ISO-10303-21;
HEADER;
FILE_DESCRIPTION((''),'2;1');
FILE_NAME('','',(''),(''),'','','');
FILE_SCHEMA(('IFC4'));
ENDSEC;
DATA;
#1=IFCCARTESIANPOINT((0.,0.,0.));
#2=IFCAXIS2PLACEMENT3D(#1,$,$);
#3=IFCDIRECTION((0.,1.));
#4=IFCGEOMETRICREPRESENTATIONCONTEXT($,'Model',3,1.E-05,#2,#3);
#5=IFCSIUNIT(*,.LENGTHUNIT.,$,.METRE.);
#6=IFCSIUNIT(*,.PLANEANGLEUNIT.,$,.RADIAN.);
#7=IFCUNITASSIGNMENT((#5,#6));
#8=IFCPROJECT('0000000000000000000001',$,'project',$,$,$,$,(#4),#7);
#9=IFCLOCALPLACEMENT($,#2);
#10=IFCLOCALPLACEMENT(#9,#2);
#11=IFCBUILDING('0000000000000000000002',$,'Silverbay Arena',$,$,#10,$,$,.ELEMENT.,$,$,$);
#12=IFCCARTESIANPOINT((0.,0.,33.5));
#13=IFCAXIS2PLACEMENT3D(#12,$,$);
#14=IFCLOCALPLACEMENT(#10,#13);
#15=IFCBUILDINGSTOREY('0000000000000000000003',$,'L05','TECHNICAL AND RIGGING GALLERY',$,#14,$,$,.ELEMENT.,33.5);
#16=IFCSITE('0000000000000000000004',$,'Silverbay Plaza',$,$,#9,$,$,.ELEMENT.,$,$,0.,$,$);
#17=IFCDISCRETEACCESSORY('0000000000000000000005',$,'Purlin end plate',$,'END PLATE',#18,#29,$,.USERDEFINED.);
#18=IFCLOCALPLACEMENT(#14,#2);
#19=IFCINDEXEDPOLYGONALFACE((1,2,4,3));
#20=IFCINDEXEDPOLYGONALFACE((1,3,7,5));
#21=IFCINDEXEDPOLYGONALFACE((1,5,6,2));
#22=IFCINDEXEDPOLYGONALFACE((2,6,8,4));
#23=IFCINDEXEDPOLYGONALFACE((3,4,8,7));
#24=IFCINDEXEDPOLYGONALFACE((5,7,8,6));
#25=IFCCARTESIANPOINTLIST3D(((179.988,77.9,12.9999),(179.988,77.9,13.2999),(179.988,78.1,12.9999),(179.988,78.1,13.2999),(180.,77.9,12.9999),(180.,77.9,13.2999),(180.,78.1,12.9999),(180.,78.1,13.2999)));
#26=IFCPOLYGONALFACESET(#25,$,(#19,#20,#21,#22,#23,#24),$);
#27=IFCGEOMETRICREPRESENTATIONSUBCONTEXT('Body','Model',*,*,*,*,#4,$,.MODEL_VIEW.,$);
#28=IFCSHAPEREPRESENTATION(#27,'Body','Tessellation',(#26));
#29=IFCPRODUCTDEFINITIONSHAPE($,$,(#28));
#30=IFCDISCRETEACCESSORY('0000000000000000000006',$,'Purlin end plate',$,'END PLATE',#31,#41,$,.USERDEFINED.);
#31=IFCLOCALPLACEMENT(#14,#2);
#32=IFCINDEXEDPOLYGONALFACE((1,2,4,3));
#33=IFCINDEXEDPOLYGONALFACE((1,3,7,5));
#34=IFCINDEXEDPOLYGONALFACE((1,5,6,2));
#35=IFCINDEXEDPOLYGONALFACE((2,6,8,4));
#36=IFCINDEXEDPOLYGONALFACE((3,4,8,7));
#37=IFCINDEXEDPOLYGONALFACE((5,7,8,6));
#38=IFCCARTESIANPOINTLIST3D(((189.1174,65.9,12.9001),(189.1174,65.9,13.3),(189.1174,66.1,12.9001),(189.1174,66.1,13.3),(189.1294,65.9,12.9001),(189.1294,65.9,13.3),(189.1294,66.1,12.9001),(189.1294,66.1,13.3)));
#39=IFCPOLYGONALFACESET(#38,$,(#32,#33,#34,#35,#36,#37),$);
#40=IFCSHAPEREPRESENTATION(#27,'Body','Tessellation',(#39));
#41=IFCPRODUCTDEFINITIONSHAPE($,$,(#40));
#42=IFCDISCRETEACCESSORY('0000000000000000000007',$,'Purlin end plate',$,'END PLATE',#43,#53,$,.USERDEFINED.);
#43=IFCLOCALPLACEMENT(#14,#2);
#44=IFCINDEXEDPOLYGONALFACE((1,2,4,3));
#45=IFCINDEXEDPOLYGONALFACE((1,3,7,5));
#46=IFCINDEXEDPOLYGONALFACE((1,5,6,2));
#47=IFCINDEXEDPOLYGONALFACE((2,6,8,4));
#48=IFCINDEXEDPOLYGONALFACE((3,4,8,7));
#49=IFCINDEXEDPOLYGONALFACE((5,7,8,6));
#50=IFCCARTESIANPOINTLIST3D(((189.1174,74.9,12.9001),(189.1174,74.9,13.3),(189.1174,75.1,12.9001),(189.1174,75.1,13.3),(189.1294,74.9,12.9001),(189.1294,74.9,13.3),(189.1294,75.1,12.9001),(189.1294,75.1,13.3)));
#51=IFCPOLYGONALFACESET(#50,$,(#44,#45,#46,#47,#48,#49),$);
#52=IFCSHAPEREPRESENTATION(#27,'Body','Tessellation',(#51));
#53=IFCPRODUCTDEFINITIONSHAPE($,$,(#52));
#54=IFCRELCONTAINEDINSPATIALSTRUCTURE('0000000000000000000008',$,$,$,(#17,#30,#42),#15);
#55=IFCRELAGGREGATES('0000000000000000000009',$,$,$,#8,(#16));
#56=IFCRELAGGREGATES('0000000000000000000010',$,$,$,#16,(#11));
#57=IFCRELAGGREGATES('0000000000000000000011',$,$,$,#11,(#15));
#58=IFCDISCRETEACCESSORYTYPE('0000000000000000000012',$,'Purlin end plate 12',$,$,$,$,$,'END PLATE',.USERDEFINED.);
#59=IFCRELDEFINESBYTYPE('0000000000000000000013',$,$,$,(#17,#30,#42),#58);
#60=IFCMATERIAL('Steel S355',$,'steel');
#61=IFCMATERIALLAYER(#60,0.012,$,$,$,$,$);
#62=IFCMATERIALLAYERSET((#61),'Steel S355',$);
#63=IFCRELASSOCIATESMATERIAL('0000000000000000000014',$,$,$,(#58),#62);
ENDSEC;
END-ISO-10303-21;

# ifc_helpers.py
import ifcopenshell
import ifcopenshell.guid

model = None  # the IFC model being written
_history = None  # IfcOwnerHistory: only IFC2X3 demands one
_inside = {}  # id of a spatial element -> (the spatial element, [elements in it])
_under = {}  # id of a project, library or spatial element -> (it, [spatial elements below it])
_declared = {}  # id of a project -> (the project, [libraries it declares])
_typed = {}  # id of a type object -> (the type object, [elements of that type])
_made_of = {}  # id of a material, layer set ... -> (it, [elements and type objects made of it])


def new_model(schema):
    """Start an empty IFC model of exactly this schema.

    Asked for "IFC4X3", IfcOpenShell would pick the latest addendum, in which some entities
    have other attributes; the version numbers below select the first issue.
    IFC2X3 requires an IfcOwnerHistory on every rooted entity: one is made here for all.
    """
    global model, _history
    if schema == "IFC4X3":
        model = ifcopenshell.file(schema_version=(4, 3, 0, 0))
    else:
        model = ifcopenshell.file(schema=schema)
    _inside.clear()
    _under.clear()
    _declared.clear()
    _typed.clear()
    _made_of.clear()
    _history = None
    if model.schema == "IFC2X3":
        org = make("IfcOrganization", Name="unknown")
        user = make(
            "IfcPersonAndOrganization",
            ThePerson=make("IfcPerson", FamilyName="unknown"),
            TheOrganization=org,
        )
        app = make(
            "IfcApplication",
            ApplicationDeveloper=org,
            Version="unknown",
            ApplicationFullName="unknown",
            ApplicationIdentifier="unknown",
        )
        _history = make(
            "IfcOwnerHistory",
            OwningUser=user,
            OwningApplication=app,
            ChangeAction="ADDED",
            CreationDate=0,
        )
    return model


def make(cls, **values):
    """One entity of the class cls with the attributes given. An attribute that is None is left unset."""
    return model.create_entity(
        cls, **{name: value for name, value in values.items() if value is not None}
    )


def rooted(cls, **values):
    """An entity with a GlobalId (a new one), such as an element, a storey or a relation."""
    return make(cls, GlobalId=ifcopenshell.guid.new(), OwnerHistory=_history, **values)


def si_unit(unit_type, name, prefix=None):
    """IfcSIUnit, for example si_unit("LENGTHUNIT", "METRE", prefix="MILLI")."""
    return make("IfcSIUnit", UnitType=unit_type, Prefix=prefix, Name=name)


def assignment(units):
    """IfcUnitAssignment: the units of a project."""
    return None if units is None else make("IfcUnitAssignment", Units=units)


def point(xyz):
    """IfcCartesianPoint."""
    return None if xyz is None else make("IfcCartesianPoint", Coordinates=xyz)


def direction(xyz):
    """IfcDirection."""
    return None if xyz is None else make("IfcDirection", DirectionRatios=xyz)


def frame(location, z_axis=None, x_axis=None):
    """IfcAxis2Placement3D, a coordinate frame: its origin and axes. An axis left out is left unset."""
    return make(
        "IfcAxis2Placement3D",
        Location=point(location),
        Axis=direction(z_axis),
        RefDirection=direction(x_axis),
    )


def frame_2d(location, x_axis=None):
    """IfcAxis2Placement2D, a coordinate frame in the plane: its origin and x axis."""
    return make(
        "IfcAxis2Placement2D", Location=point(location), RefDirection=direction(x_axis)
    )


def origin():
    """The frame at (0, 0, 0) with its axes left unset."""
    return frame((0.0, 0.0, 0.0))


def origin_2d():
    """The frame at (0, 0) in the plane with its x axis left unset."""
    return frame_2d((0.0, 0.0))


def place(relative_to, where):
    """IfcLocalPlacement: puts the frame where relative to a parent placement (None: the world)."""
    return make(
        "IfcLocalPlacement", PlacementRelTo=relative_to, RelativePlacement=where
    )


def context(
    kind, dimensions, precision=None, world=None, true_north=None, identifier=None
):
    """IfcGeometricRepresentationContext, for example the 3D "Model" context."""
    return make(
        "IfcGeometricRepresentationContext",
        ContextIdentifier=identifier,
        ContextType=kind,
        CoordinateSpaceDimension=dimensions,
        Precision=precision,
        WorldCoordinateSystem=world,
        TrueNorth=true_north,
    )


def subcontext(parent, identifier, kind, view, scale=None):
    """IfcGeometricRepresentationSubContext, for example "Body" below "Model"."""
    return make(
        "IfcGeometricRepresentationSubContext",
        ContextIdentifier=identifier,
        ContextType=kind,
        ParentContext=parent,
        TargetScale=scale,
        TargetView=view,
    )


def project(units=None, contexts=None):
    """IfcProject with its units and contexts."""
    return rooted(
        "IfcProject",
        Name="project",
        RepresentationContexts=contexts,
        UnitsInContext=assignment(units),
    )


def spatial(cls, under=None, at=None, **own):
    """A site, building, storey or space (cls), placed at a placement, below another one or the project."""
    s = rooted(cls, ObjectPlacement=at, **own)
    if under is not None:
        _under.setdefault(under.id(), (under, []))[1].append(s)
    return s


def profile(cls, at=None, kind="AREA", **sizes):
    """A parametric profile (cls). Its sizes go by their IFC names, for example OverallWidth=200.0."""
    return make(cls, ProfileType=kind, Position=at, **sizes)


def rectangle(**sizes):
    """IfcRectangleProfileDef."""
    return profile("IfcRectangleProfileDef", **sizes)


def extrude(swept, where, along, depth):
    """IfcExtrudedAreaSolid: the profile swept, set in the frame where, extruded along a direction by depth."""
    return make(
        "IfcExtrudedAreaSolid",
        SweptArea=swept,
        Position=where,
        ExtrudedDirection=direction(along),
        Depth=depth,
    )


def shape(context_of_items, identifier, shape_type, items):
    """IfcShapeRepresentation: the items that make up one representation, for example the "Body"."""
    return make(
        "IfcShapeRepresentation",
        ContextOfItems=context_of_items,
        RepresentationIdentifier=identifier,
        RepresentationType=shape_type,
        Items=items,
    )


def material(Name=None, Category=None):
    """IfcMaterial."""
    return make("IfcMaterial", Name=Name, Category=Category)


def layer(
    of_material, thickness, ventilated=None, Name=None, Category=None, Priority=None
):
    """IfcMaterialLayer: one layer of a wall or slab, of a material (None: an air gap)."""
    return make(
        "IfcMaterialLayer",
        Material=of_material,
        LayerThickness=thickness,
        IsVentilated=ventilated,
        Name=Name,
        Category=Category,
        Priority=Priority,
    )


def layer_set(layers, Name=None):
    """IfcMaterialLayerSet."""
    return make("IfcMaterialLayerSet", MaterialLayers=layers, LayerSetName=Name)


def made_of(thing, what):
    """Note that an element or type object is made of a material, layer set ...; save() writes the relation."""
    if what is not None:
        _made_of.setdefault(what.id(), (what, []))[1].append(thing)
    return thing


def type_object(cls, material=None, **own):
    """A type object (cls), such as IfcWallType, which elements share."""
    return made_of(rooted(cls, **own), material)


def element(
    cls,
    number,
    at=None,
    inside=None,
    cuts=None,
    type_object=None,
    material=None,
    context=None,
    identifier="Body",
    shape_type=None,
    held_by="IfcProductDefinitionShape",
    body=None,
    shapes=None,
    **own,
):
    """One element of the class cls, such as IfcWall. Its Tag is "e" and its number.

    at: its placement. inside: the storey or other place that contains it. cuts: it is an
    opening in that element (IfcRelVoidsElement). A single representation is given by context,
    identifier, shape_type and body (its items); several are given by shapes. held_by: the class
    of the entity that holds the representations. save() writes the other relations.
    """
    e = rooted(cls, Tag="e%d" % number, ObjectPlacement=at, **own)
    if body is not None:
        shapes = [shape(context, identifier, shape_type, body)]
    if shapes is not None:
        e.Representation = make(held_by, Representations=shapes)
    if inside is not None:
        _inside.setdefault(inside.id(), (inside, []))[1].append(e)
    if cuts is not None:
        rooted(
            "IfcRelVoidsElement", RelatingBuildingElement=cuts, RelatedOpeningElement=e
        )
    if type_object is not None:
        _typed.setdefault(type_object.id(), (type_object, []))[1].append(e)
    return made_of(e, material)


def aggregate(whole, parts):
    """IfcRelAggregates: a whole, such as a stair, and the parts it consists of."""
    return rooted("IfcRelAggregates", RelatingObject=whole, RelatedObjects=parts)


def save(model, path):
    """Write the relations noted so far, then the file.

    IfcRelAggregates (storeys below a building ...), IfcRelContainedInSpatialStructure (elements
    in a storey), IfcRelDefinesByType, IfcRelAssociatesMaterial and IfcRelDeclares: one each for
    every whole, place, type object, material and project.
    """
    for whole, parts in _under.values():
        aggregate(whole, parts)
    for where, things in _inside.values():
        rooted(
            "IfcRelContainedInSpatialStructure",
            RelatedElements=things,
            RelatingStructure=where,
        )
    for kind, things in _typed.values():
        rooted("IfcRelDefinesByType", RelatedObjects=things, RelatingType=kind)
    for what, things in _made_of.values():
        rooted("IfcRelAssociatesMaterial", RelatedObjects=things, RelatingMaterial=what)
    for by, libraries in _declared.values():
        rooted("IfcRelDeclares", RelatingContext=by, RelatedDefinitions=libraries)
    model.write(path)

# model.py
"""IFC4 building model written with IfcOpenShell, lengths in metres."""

from ifc_helpers import new_model, si_unit, direction, frame, origin, origin_2d, place, context, subcontext, project, spatial, rectangle, extrude, material, layer, layer_set, type_object, element, save


model = new_model("IFC4")

# Units and contexts
model_context = context("Model", 3, precision=1e-05, world=origin(), true_north=direction((0.0, 1.0)))
body_context = subcontext(model_context, "Body", "Model", "MODEL_VIEW")
ifc_project = project(units=[si_unit("LENGTHUNIT", "METRE"), si_unit("PLANEANGLEUNIT", "RADIAN")], contexts=[model_context])

# Site, building, storey
site_placement = place(None, origin())
site = spatial("IfcSite", under=ifc_project, at=site_placement, Name="Silverbay Plaza", CompositionType="ELEMENT", RefElevation=0.0)
building_placement = place(site_placement, origin())
building = spatial("IfcBuilding", under=site, at=building_placement, Name="Silverbay Arena", CompositionType="ELEMENT")
storey_placement = place(building_placement, frame((0.0, 0.0, 33.5)))
storey = spatial("IfcBuildingStorey", under=building, at=storey_placement, Name="L05", Description="TECHNICAL AND RIGGING GALLERY", CompositionType="ELEMENT", Elevation=33.5)

# Discrete accessories
ifc_material_1 = material(Name="Steel S355", Category="steel")
ifc_layer_1 = layer(ifc_material_1, 0.012)
ifc_layer_set_1 = layer_set([ifc_layer_1], Name="Steel S355")
discrete_accessory_type = type_object("IfcDiscreteAccessoryType", Name="Purlin end plate 12", ElementType="END PLATE", PredefinedType="USERDEFINED", material=ifc_layer_set_1)
for number, where, z_axis, x_axis, name in (
    (1, (180.0, 78.0, 13.1499), (-1.0, 0.0, 0.0), (0.0, -1.0, 0.0), "Purlin end plate"),
):
    element("IfcDiscreteAccessory", number, at=place(storey_placement, frame(where, z_axis=z_axis, x_axis=x_axis)), inside=storey, type_object=discrete_accessory_type, Name=name, ObjectType="END PLATE", PredefinedType="USERDEFINED", context=body_context, shape_type="SweptSolid", body=[
        extrude(rectangle(XDim=0.2, YDim=0.3, at=origin_2d()), origin(), (0.0, 0.0, 1.0), 0.012),
    ])
for number, where, z_axis, x_axis, name in (
    (2, (189.1294, 66.0, 13.1001), (-1.0, 0.0, 0.0), (0.0, -1.0, 0.0), "Purlin end plate"),
    (3, (189.1294, 75.0, 13.1001), (-1.0, 0.0, 0.0), (0.0, -1.0, 0.0), "Purlin end plate"),
):
    element("IfcDiscreteAccessory", number, at=place(storey_placement, frame(where, z_axis=z_axis, x_axis=x_axis)), inside=storey, type_object=discrete_accessory_type, Name=name, ObjectType="END PLATE", PredefinedType="USERDEFINED", context=body_context, shape_type="SweptSolid", body=[
        extrude(rectangle(XDim=0.2, YDim=0.3999, at=origin_2d()), origin(), (0.0, 0.0, 1.0), 0.012),
    ])

save(model, "model.ifc")
